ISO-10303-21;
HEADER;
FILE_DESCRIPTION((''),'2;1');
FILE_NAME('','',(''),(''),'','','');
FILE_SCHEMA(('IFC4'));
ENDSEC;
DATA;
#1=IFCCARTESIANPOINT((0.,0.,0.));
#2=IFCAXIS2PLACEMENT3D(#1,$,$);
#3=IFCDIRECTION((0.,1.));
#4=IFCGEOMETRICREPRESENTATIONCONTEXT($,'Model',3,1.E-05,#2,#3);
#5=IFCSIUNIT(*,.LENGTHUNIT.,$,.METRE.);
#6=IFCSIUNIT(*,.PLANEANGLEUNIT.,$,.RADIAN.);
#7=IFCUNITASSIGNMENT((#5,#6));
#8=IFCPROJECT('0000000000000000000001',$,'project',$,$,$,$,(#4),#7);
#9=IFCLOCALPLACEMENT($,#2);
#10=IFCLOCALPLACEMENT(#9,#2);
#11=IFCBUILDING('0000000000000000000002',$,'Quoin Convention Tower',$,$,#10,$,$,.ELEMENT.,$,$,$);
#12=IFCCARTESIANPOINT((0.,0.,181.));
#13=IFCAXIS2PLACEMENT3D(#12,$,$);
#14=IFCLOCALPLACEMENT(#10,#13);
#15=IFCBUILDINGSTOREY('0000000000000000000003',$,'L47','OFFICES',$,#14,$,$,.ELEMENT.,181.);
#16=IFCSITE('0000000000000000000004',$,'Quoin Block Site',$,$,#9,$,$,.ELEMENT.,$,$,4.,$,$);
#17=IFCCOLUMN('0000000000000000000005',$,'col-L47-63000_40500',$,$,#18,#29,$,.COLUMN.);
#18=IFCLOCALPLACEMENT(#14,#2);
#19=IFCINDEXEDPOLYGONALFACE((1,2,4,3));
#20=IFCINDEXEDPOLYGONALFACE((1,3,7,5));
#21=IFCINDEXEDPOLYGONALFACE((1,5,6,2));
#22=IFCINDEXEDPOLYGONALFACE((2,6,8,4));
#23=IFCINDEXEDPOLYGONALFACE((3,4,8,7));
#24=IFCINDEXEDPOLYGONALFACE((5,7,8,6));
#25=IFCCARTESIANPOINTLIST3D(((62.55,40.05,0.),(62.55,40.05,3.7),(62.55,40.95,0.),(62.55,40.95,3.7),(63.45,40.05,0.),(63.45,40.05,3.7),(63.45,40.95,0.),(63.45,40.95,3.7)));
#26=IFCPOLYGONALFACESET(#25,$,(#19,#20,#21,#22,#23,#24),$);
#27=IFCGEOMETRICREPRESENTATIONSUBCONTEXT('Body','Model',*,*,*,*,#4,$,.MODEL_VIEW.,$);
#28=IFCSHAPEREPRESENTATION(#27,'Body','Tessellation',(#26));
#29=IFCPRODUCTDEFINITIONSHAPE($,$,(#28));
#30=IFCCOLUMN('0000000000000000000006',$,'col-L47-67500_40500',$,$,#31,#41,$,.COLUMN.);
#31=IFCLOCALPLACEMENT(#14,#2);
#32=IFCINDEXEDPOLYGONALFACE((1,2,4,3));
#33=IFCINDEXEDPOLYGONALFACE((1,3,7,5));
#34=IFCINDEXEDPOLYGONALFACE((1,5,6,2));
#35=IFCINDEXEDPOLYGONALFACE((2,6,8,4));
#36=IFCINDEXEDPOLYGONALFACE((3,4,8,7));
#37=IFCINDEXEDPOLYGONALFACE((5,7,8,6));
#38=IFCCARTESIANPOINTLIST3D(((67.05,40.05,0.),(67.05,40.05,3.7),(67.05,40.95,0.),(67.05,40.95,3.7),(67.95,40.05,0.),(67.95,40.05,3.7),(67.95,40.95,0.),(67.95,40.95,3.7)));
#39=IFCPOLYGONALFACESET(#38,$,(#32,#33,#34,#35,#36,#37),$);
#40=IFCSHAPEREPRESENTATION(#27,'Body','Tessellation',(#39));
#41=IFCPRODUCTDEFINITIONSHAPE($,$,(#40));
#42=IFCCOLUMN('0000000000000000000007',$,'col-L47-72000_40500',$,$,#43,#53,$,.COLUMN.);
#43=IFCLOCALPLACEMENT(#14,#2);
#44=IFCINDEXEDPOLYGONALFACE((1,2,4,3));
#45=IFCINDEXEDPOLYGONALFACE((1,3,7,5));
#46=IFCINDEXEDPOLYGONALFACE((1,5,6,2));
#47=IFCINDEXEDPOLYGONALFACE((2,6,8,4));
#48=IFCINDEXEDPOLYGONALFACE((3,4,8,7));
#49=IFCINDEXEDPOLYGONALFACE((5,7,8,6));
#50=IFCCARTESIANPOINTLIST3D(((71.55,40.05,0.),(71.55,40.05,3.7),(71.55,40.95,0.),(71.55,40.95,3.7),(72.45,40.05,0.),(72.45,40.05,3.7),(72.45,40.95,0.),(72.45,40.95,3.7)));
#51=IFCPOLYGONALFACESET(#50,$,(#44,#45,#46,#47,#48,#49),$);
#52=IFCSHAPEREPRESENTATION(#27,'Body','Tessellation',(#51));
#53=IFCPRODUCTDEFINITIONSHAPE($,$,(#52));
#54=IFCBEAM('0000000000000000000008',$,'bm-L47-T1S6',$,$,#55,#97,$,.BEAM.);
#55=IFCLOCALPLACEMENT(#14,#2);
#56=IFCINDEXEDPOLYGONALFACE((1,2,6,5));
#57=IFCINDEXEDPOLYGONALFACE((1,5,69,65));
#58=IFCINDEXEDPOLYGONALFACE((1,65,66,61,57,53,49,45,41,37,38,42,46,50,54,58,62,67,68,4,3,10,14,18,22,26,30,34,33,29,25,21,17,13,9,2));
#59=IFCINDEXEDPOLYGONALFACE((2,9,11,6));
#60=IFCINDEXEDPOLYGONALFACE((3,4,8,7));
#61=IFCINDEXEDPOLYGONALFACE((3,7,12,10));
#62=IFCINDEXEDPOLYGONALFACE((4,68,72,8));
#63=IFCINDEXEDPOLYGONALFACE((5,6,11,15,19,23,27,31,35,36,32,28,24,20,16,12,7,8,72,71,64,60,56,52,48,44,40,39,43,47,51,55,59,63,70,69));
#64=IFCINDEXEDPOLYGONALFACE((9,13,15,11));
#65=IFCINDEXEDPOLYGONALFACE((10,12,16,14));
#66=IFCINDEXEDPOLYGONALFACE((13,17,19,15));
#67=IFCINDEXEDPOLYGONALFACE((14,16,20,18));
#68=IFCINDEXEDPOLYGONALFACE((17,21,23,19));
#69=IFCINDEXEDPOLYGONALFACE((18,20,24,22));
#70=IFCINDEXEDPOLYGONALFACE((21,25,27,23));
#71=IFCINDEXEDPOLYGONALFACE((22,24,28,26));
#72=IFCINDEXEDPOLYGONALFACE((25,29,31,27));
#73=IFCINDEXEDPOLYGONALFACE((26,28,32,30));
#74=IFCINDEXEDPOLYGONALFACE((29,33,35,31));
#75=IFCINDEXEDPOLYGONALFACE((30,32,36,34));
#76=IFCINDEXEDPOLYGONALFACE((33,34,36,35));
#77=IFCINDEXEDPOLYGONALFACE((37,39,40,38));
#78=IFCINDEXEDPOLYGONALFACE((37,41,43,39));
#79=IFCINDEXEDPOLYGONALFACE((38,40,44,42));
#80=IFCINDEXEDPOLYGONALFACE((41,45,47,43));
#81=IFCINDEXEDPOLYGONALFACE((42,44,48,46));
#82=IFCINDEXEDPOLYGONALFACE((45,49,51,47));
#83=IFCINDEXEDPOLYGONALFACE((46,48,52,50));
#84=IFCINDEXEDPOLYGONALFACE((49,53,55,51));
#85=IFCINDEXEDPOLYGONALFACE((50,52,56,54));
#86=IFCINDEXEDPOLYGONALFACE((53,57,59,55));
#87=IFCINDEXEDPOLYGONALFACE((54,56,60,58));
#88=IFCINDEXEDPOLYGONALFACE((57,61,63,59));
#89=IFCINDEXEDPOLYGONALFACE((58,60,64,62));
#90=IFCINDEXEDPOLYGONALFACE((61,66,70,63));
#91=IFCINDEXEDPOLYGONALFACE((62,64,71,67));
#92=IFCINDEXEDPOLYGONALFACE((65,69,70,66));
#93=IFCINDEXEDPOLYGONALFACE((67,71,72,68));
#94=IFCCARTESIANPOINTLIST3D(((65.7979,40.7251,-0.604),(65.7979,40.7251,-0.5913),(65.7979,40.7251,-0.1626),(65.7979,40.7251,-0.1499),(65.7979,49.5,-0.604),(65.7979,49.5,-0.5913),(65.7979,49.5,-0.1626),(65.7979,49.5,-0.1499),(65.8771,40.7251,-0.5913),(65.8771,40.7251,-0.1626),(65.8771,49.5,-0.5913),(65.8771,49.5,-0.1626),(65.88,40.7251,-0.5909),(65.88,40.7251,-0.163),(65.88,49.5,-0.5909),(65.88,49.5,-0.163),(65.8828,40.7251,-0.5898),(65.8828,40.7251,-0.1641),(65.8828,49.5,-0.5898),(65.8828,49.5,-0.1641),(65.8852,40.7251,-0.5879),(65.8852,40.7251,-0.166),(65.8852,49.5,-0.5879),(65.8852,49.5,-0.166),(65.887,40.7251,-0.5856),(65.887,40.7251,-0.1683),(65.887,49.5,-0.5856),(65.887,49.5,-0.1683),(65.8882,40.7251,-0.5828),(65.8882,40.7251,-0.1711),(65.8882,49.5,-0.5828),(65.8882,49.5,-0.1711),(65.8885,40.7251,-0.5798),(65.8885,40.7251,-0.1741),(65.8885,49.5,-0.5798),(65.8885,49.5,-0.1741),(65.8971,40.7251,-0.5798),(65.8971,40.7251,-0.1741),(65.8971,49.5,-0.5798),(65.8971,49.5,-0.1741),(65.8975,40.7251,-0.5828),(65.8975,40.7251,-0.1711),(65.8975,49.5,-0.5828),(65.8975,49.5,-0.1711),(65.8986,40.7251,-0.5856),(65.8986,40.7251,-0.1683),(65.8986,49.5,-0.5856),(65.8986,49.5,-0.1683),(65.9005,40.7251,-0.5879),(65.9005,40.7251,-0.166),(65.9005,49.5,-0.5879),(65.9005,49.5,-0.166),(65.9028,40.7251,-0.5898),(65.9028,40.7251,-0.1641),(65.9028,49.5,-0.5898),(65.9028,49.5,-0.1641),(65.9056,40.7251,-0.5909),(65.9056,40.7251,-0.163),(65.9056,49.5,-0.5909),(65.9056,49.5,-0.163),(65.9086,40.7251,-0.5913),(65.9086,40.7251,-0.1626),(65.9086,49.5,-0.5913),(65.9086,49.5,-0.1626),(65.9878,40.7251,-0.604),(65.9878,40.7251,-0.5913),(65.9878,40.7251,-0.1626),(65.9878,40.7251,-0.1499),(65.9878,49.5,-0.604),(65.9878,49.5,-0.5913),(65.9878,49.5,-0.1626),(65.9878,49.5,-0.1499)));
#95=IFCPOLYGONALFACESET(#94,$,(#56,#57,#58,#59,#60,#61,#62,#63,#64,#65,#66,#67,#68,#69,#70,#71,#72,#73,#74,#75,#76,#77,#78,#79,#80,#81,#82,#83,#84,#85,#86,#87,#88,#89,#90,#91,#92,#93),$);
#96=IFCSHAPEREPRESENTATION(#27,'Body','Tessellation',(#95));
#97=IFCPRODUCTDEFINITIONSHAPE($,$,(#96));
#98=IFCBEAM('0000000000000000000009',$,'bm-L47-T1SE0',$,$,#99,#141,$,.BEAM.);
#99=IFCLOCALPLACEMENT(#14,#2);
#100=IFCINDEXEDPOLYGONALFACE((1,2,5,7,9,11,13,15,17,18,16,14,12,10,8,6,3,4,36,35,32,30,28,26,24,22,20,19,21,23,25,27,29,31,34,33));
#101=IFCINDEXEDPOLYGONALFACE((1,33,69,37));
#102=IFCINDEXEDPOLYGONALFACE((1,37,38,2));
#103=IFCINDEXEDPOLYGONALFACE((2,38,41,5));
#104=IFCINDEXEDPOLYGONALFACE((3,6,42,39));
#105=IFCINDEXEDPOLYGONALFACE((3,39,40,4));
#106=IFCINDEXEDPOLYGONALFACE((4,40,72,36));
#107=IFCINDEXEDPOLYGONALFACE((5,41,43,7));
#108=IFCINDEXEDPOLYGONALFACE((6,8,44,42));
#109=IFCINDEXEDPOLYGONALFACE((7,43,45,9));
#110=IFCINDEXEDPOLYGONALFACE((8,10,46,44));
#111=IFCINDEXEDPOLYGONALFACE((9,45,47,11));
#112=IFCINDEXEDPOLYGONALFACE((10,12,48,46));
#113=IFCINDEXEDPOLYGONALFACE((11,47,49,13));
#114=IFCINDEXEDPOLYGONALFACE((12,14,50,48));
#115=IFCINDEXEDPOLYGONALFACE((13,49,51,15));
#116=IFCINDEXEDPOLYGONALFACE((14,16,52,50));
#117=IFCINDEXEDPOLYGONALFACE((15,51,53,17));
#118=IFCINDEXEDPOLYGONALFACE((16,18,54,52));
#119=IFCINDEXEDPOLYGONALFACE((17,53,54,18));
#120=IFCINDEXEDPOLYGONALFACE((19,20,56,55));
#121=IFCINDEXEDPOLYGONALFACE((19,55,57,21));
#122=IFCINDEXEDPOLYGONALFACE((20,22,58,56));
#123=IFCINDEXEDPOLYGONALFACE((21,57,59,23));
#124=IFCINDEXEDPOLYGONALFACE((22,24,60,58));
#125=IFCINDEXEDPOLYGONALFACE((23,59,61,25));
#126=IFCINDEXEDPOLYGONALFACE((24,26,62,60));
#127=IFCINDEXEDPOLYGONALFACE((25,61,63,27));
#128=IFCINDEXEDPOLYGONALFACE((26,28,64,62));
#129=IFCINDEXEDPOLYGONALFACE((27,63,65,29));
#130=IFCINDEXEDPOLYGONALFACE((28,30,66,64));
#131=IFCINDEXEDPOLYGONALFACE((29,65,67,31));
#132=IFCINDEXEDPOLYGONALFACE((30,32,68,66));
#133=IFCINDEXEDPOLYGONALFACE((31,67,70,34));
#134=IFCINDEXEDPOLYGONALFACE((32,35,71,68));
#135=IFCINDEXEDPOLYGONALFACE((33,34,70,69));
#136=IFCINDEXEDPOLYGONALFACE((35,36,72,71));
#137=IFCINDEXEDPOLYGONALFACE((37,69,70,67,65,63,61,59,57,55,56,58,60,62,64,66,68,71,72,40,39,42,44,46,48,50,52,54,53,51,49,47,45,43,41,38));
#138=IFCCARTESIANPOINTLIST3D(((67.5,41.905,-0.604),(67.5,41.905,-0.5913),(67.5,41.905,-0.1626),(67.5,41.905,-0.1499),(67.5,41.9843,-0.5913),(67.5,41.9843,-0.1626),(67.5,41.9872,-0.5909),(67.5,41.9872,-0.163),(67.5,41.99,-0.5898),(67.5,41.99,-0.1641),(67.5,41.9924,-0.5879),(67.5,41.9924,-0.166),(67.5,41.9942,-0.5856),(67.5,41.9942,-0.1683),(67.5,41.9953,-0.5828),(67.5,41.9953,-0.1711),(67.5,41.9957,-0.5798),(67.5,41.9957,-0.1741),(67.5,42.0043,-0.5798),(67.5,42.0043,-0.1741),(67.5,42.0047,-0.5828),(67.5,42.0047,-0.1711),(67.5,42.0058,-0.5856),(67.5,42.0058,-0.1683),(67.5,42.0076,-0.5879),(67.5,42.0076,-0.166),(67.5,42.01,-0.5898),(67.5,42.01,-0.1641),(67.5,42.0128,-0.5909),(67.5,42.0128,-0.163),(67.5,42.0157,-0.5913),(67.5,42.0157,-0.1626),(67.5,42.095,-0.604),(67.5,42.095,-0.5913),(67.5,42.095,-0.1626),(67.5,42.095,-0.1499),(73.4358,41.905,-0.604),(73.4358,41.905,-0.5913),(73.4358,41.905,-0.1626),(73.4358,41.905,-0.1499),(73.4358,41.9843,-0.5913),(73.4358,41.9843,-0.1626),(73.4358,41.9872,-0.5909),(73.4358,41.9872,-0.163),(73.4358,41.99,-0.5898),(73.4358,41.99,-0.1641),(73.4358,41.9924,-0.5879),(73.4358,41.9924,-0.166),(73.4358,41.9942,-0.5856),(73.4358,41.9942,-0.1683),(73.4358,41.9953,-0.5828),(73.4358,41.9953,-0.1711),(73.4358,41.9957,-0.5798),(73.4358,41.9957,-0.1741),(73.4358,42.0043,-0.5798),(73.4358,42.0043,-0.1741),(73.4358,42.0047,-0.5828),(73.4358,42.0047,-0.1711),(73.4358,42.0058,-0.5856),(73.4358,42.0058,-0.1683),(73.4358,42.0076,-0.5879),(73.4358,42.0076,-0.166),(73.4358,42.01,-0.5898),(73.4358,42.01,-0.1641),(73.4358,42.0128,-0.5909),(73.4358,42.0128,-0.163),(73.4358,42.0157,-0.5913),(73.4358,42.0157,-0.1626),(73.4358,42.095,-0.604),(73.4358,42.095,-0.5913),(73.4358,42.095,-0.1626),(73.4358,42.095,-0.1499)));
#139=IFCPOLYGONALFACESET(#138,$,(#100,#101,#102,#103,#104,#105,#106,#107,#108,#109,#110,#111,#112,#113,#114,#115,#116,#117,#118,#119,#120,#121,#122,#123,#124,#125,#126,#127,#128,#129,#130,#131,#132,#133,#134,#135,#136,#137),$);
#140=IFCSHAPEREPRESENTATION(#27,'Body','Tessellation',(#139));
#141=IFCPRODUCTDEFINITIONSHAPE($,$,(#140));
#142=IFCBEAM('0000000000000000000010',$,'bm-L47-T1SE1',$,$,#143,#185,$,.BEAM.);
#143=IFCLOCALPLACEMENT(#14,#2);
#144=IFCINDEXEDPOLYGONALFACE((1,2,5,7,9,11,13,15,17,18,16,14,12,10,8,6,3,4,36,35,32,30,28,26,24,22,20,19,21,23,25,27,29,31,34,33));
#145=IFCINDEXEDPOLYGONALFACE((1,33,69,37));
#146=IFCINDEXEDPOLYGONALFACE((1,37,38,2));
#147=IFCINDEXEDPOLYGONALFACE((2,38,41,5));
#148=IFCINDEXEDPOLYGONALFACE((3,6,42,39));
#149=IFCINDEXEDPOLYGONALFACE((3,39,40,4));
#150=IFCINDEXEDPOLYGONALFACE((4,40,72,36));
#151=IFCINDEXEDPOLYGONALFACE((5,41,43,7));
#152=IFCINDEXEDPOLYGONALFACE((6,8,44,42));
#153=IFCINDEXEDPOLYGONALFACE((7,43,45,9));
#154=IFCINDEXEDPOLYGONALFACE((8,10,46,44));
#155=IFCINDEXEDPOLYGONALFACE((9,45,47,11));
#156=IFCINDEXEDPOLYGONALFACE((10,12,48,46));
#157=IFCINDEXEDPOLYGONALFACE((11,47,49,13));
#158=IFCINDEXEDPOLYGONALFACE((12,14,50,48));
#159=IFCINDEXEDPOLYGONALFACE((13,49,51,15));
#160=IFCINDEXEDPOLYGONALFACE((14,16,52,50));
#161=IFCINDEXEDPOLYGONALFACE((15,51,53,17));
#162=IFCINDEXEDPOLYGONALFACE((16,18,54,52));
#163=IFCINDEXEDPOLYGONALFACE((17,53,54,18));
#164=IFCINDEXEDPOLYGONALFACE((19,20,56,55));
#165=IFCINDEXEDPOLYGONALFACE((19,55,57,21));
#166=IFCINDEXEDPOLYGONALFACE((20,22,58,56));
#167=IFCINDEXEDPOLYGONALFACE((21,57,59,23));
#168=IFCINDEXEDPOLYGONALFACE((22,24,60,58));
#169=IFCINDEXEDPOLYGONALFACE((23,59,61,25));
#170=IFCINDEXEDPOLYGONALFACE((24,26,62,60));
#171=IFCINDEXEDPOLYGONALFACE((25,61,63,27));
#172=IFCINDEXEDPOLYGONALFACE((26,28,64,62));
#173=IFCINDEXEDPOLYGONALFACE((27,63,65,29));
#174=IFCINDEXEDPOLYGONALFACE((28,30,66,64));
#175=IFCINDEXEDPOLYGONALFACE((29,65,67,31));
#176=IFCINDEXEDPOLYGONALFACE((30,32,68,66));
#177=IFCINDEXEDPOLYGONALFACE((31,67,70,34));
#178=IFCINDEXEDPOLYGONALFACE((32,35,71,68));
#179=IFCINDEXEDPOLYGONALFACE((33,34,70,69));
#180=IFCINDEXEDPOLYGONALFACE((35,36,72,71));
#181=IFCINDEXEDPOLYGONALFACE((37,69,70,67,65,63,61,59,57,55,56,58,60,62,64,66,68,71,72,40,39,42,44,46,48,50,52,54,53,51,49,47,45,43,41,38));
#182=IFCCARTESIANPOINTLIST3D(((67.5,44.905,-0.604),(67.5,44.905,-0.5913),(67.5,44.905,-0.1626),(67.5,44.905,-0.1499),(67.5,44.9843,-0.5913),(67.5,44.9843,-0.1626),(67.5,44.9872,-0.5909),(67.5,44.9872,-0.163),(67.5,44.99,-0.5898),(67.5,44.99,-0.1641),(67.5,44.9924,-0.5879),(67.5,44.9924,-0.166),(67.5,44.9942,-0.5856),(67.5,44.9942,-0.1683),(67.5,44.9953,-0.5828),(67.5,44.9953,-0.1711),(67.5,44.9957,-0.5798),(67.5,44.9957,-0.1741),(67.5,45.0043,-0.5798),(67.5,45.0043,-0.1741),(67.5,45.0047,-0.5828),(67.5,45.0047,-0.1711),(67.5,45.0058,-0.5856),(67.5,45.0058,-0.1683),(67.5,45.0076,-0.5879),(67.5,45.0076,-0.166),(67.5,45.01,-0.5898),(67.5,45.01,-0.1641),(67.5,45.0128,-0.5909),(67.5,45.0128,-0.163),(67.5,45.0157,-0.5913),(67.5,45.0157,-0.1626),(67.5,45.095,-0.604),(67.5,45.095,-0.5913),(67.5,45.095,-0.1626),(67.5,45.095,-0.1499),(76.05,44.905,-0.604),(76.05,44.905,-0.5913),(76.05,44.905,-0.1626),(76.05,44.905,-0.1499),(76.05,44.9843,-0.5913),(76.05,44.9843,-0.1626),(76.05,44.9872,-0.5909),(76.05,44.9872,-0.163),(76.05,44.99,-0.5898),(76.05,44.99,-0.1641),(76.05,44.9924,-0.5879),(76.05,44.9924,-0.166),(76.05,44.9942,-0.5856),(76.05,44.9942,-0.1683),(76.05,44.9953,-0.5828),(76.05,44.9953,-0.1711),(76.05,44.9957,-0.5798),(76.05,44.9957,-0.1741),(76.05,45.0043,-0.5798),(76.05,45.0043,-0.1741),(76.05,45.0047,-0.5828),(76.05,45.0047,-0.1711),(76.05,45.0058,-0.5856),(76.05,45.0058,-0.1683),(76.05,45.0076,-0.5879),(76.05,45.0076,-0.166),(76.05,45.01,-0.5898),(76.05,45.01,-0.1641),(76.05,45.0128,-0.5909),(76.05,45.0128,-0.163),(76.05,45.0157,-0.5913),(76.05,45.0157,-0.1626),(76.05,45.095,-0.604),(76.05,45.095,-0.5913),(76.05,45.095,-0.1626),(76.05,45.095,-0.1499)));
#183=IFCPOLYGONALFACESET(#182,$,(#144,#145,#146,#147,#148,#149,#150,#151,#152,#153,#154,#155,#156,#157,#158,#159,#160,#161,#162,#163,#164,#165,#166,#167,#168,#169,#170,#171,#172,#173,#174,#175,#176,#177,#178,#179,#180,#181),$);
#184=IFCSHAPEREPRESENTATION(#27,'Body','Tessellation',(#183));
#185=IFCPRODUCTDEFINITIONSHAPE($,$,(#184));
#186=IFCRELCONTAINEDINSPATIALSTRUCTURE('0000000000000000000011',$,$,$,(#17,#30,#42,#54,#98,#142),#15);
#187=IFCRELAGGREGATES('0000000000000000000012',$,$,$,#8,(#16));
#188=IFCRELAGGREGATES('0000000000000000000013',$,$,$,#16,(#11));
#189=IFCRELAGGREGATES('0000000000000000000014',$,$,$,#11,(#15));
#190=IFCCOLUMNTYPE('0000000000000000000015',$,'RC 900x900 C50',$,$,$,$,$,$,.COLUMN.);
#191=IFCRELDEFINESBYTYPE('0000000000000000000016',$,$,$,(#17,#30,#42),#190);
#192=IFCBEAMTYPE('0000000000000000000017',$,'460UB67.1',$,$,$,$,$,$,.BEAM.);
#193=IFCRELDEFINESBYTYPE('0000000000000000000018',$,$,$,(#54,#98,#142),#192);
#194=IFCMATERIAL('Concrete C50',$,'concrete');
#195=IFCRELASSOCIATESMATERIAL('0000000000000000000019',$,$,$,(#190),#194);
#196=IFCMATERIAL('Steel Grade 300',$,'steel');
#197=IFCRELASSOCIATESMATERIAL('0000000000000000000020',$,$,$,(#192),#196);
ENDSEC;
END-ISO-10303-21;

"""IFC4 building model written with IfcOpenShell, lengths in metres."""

from ifc_helpers import new_model, si_unit, direction, frame, origin, origin_2d, place, context, subcontext, project, spatial, rectangle, i_section, extrude, material, material_profile, profile_set, type_object, element, save


model = new_model("IFC4")

# Units and contexts
model_context = context("Model", 3, precision=1e-05, world=origin(), true_north=direction((0.0, 1.0)))
body_context = subcontext(model_context, "Body", "Model", "MODEL_VIEW")
ifc_project = project(units=[si_unit("LENGTHUNIT", "METRE"), si_unit("PLANEANGLEUNIT", "RADIAN")], contexts=[model_context])

# Site, building, storey
site_placement = place(None, origin())
site = spatial("IfcSite", under=ifc_project, at=site_placement, Name="Quoin Block Site", CompositionType="ELEMENT", RefElevation=4.0)
building_placement = place(site_placement, origin())
building = spatial("IfcBuilding", under=site, at=building_placement, Name="Quoin Convention Tower", CompositionType="ELEMENT")
storey_placement = place(building_placement, frame((0.0, 0.0, 181.0)))
storey = spatial("IfcBuildingStorey", under=building, at=storey_placement, Name="L47", Description="OFFICES", CompositionType="ELEMENT", Elevation=181.0)

# Columns
ifc_material_1 = material(Name="Concrete C50", Category="concrete")
ifc_material_profile_1 = material_profile(ifc_material_1, rectangle(XDim=0.8999, YDim=0.8999, at=origin_2d()), Name="RC 900x900")
ifc_profile_set_1 = profile_set([ifc_material_profile_1], Name="Concrete C50")
column_type = type_object("IfcColumnType", Name="RC 900x900 C50", PredefinedType="COLUMN", material=ifc_profile_set_1)
for number, where, z_axis, x_axis, name in (
    (1, (63.0, 40.5, 0.0), (0.0, 0.0, 1.0), (1.0, 0.0, 0.0), "col-L47-63000_40500"),
    (2, (67.5, 40.5, 0.0), (0.0, 0.0, 1.0), (1.0, 0.0, 0.0), "col-L47-67500_40500"),
    (3, (72.0, 40.5, 0.0), (0.0, 0.0, 1.0), (1.0, 0.0, 0.0), "col-L47-72000_40500"),
):
    element("IfcColumn", number, at=place(storey_placement, frame(where, z_axis=z_axis, x_axis=x_axis)), inside=storey, type_object=column_type, Name=name, PredefinedType="COLUMN", context=body_context, shape_type="SweptSolid", body=[
        extrude(rectangle(XDim=0.8999, YDim=0.8999, at=origin_2d()), origin(), (0.0, 0.0, 1.0), 3.7),
    ])

# Beams
ifc_material_2 = material(Name="Steel Grade 300", Category="steel")
ifc_material_profile_2 = material_profile(ifc_material_2, i_section(OverallWidth=0.1899, OverallDepth=0.4541, WebThickness=0.0085, FlangeThickness=0.0127, FilletRadius=0.0115, at=origin_2d()), Name="460UB67.1")
ifc_profile_set_2 = profile_set([ifc_material_profile_2], Name="Steel Grade 300")
beam_type_1 = type_object("IfcBeamType", Name="460UB67.1", PredefinedType="BEAM", material=ifc_profile_set_2)
beam_1_placement = place(storey_placement, frame((65.8928, 40.7251, -0.377), z_axis=(0.0, 1.0, 0.0), x_axis=(-1.0, 0.0, 0.0)))
element("IfcBeam", 4, at=beam_1_placement, inside=storey, type_object=beam_type_1, Name="bm-L47-T1S6", PredefinedType="BEAM", context=body_context, shape_type="SweptSolid", body=[
    extrude(i_section(OverallWidth=0.1899, OverallDepth=0.4541, WebThickness=0.0085, FlangeThickness=0.0127, FilletRadius=0.0115, at=origin_2d()), origin(), (0.0, 0.0, 1.0), 8.7749),
])
beam_2_placement = place(storey_placement, frame((67.5, 42.0, -0.377), z_axis=(1.0, 0.0, 0.0), x_axis=(0.0, 1.0, 0.0)))
element("IfcBeam", 5, at=beam_2_placement, inside=storey, type_object=beam_type_1, Name="bm-L47-T1SE0", PredefinedType="BEAM", context=body_context, shape_type="SweptSolid", body=[
    extrude(i_section(OverallWidth=0.1899, OverallDepth=0.4541, WebThickness=0.0085, FlangeThickness=0.0127, FilletRadius=0.0115, at=origin_2d()), origin(), (0.0, 0.0, 1.0), 5.9358),
])
beam_3_placement = place(storey_placement, frame((67.5, 45.0, -0.377), z_axis=(1.0, 0.0, 0.0), x_axis=(0.0, 1.0, 0.0)))
element("IfcBeam", 6, at=beam_3_placement, inside=storey, type_object=beam_type_1, Name="bm-L47-T1SE1", PredefinedType="BEAM", context=body_context, shape_type="SweptSolid", body=[
    extrude(i_section(OverallWidth=0.1899, OverallDepth=0.4541, WebThickness=0.0085, FlangeThickness=0.0127, FilletRadius=0.0115, at=origin_2d()), origin(), (0.0, 0.0, 1.0), 8.55),
])

save(model, "model.ifc")
